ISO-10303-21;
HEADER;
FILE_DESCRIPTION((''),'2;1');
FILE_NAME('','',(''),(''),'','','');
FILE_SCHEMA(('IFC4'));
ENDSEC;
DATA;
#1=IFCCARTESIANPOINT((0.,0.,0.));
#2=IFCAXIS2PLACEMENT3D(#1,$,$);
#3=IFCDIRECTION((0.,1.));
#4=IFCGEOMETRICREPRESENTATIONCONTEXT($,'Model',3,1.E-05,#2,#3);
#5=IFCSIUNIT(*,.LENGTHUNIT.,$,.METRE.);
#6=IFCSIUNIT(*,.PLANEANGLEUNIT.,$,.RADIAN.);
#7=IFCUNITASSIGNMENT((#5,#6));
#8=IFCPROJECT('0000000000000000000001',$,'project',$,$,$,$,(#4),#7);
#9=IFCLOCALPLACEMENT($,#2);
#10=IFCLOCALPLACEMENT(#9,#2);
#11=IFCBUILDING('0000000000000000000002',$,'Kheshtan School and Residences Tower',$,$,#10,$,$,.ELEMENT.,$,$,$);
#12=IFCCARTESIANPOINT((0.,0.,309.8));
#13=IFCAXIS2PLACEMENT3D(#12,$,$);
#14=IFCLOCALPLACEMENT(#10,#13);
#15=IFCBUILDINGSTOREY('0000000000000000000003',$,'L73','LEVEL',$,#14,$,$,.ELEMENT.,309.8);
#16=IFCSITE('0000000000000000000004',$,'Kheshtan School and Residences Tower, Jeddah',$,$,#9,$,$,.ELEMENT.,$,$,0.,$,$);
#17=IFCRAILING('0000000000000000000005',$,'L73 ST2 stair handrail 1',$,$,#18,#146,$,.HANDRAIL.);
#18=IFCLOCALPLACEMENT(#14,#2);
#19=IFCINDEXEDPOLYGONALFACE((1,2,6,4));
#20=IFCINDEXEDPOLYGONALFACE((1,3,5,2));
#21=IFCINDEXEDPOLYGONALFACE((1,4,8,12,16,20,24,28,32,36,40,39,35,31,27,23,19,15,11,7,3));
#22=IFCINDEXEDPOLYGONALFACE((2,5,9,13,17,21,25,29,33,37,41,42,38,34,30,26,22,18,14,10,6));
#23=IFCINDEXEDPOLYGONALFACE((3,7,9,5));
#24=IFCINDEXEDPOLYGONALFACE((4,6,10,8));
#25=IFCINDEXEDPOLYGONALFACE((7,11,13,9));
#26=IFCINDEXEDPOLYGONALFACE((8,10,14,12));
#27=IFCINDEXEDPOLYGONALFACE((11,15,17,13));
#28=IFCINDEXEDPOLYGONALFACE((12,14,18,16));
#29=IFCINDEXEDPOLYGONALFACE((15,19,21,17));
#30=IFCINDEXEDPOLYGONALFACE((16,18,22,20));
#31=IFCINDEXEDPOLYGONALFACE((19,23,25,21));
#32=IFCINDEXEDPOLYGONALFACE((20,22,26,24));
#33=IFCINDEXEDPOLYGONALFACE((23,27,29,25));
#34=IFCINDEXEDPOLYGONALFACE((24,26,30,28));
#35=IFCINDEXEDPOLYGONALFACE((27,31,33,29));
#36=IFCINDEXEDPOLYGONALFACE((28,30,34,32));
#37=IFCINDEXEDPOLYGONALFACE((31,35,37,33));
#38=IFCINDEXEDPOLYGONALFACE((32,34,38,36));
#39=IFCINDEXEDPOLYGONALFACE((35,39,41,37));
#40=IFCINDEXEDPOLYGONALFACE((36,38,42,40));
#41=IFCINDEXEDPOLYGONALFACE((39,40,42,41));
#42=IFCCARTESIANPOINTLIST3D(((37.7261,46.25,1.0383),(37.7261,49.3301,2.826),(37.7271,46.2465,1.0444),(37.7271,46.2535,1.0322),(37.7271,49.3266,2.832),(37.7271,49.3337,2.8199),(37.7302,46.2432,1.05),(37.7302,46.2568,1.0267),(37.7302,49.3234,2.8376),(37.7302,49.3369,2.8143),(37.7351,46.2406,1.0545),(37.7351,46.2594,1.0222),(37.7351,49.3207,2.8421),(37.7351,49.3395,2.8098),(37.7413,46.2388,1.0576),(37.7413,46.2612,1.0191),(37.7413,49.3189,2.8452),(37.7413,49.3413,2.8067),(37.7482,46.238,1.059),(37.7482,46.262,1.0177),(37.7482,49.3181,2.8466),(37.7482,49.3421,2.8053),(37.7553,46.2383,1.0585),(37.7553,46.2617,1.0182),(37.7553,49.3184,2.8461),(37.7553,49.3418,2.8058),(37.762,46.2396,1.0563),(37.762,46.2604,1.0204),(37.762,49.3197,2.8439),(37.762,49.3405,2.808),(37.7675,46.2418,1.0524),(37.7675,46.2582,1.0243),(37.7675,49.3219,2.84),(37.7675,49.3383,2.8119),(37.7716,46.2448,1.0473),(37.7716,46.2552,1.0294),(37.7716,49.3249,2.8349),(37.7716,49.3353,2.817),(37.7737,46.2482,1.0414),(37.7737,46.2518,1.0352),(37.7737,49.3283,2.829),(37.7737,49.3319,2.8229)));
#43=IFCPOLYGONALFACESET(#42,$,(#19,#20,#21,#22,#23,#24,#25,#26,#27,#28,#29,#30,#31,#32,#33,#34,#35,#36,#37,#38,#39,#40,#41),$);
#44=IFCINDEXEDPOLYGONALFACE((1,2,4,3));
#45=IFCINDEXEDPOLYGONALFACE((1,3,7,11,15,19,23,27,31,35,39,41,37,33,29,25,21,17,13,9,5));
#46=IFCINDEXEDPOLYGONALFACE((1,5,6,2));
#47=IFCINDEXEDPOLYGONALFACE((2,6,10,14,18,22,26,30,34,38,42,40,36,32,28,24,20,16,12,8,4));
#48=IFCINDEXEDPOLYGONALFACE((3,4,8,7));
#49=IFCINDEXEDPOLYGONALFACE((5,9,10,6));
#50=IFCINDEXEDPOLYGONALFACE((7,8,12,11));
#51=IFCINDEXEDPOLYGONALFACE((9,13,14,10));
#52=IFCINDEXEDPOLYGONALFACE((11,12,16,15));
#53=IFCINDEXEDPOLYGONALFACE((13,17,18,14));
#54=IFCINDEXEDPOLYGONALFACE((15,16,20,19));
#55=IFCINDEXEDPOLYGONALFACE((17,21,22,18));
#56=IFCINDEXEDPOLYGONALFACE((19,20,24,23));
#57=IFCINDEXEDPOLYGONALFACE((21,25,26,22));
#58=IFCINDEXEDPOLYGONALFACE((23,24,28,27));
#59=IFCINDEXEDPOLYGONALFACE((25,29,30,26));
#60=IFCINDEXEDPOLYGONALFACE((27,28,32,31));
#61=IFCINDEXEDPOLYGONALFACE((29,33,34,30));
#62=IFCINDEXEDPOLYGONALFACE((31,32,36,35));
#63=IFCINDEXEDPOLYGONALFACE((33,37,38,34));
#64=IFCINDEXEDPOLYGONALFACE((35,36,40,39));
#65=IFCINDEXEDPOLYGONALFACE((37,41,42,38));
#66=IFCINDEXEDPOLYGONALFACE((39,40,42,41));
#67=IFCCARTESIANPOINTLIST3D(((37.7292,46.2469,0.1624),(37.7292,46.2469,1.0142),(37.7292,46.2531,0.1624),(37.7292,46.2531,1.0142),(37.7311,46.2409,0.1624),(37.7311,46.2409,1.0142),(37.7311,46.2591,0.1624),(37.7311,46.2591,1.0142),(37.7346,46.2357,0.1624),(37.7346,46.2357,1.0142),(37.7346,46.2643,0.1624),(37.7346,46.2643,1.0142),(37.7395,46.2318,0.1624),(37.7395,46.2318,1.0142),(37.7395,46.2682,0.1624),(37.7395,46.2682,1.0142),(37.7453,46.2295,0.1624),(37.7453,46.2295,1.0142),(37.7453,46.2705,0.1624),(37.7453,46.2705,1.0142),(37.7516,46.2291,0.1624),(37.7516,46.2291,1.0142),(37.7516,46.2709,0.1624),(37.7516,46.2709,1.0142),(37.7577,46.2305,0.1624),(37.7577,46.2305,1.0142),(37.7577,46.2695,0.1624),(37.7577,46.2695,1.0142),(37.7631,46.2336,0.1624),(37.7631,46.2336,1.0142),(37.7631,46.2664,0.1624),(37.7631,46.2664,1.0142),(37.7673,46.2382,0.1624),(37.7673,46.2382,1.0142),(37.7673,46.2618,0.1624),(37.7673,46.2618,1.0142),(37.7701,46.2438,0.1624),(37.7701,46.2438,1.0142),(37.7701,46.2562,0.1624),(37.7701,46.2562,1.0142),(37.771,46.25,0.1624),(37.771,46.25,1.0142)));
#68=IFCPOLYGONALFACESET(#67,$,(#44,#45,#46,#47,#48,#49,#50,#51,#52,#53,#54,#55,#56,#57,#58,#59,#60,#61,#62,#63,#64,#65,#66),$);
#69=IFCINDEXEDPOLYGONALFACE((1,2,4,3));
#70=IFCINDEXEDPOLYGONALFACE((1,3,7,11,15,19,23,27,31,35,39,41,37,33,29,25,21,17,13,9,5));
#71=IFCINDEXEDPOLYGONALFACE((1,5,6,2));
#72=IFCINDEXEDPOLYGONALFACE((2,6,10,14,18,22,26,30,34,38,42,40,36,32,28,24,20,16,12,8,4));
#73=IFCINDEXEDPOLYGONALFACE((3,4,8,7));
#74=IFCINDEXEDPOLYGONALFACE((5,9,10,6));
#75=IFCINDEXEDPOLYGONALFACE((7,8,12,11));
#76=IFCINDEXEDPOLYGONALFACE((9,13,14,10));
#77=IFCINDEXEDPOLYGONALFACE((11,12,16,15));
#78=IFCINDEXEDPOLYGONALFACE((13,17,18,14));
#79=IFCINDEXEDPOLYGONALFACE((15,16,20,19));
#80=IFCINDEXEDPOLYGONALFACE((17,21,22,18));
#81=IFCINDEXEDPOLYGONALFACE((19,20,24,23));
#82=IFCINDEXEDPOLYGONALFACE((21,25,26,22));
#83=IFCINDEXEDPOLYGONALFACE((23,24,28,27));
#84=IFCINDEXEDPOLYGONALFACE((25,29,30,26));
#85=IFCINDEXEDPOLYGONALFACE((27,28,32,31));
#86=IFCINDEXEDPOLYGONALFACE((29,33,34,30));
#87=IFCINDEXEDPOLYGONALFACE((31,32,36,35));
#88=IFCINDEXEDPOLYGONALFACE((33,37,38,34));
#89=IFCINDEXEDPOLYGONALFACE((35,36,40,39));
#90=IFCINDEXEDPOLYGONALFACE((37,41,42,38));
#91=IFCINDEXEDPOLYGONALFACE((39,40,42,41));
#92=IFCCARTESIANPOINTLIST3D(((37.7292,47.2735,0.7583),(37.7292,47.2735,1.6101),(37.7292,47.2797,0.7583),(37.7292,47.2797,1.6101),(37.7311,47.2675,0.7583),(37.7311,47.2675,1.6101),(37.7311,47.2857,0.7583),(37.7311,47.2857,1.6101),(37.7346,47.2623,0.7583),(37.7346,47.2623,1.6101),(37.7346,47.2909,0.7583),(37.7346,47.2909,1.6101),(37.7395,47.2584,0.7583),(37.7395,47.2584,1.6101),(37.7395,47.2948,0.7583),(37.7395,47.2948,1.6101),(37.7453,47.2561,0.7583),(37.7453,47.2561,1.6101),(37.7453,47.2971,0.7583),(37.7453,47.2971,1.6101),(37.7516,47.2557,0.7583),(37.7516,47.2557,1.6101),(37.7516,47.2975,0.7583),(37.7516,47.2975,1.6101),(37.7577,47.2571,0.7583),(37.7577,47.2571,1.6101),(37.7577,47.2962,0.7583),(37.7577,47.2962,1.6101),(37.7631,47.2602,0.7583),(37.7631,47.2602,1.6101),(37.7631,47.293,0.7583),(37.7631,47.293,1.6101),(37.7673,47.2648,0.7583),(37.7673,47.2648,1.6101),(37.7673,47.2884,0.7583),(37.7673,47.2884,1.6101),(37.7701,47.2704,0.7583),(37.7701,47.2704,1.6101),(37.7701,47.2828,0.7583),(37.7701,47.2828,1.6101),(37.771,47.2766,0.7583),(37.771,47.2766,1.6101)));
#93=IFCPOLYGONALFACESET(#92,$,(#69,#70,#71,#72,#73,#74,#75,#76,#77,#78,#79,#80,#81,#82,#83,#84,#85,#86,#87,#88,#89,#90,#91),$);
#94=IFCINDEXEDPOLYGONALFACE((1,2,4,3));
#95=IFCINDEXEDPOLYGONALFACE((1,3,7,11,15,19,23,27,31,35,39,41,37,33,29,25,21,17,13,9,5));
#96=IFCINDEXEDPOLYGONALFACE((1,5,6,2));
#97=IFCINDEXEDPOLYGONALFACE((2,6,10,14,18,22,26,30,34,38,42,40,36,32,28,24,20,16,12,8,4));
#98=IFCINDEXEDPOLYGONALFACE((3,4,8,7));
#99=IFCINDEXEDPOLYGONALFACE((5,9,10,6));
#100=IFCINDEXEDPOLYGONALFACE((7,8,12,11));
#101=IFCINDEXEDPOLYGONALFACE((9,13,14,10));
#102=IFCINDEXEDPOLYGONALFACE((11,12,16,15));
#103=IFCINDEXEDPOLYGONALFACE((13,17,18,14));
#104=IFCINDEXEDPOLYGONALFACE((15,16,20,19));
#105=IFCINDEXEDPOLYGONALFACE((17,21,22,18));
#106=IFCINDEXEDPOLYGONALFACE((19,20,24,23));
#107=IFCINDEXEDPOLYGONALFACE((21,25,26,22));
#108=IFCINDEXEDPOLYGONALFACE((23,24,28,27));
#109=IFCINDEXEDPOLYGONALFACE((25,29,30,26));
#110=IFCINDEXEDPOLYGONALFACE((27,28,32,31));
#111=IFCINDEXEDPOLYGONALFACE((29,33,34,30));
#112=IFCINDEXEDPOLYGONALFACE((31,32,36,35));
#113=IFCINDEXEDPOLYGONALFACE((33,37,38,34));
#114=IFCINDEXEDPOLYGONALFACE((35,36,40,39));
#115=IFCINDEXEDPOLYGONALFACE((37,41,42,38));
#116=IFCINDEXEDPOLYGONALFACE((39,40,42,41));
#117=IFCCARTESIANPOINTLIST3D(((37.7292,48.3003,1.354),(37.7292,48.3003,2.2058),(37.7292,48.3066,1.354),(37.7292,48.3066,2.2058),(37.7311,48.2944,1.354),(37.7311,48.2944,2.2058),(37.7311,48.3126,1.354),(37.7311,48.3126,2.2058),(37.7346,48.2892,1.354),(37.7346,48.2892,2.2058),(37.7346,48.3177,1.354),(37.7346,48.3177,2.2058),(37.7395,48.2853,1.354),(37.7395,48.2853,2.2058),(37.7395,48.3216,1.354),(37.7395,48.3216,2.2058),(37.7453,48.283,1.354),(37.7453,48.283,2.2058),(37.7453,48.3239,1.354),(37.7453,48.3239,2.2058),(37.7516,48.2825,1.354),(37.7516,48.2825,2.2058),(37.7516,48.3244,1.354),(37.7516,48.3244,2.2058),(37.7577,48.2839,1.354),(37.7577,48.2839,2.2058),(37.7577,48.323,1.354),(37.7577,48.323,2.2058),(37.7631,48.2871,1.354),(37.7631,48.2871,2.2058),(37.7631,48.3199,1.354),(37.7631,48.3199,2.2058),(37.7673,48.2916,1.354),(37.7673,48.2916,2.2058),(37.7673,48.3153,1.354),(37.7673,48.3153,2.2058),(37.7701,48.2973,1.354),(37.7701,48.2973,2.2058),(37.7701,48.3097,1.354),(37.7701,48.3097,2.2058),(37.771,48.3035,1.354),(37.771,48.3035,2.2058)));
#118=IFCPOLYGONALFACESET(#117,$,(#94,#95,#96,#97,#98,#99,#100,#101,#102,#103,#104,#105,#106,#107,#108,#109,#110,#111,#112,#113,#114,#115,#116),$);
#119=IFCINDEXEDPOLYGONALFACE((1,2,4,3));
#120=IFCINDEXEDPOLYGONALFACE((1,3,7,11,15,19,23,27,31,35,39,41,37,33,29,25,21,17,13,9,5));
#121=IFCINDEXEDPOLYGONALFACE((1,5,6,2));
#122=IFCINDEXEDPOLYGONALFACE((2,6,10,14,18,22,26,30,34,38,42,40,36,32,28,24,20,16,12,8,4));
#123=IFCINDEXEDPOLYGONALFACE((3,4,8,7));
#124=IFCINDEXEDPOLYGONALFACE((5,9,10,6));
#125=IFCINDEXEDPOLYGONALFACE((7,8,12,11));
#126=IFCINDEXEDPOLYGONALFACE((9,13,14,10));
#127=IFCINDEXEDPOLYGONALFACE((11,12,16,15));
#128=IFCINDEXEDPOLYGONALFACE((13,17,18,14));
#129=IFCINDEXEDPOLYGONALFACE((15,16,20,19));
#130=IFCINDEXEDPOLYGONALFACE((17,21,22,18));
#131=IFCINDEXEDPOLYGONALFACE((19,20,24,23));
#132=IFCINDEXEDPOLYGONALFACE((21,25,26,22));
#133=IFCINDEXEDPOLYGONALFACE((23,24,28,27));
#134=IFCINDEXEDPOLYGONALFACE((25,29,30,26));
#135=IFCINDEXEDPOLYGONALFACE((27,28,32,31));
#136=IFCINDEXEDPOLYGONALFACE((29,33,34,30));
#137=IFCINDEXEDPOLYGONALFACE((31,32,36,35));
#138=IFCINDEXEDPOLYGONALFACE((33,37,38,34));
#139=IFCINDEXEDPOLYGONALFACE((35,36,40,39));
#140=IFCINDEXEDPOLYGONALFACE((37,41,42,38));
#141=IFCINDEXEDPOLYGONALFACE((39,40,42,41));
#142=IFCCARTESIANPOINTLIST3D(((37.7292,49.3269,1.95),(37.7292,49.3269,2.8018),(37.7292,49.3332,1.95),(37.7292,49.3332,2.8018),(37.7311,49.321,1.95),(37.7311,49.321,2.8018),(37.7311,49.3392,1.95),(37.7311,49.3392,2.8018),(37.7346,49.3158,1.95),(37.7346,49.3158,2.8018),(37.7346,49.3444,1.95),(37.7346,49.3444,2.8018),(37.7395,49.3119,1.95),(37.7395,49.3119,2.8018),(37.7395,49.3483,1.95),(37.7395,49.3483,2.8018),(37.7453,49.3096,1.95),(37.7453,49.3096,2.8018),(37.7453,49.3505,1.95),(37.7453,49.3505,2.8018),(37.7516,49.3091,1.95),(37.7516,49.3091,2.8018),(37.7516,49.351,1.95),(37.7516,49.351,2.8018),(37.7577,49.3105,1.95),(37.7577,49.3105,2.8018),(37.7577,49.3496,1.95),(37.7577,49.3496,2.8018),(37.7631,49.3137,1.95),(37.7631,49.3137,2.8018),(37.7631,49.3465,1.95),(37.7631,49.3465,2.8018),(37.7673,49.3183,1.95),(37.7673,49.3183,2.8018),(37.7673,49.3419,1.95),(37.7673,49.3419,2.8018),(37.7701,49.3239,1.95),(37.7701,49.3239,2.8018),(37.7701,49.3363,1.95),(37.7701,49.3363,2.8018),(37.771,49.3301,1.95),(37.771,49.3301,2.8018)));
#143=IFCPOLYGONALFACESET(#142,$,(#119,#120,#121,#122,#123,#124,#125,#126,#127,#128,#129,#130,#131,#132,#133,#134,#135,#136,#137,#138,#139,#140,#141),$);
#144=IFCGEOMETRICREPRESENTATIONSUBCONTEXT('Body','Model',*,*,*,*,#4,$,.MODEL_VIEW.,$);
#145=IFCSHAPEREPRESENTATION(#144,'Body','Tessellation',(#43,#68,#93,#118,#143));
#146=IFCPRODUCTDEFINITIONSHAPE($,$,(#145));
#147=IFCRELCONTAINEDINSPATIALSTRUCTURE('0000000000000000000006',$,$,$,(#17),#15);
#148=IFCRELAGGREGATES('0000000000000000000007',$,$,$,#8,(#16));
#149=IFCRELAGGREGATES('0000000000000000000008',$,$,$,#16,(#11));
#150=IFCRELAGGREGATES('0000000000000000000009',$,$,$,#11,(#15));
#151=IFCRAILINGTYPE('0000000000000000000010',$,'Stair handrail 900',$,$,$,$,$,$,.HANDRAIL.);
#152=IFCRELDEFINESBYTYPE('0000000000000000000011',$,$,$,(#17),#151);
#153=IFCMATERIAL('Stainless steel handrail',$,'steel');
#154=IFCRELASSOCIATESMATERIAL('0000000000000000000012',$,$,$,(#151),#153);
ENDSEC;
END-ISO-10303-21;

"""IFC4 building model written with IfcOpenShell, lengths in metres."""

from ifc_helpers import new_model, si_unit, direction, frame, origin, origin_2d, place, context, subcontext, project, spatial, circle, extrude, material, type_object, element, save


model = new_model("IFC4")

# Units and contexts
model_context = context("Model", 3, precision=1e-05, world=origin(), true_north=direction((0.0, 1.0)))
body_context = subcontext(model_context, "Body", "Model", "MODEL_VIEW")
ifc_project = project(units=[si_unit("LENGTHUNIT", "METRE"), si_unit("PLANEANGLEUNIT", "RADIAN")], contexts=[model_context])

# Site, building, storey
site_placement = place(None, origin())
site = spatial("IfcSite", under=ifc_project, at=site_placement, Name="Kheshtan School and Residences Tower, Jeddah", CompositionType="ELEMENT", RefElevation=0.0)
building_placement = place(site_placement, origin())
building = spatial("IfcBuilding", under=site, at=building_placement, Name="Kheshtan School and Residences Tower", CompositionType="ELEMENT")
storey_placement = place(building_placement, frame((0.0, 0.0, 309.8)))
storey = spatial("IfcBuildingStorey", under=building, at=storey_placement, Name="L73", Description="LEVEL", CompositionType="ELEMENT", Elevation=309.8)

# Railing
ifc_material_1 = material(Name="Stainless steel handrail", Category="steel")
railing_type_1 = type_object("IfcRailingType", Name="Stair handrail 900", PredefinedType="HANDRAIL", material=ifc_material_1)
railing_1_placement = place(storey_placement, frame((37.75, 46.25, 0.1624)))
element("IfcRailing", 1, at=railing_1_placement, inside=storey, type_object=railing_type_1, Name="L73 ST2 stair handrail 1", PredefinedType="HANDRAIL", context=body_context, shape_type="SweptSolid", body=[
    extrude(circle(Radius=0.0239, at=origin_2d()), frame((0.0, 0.0, 0.876), z_axis=(0.0, 0.864891, 0.50196), x_axis=(-1.0, 0.0, 0.0)), (0.0, 0.0, 1.0), 3.5613),
    extrude(circle(Radius=0.021, at=origin_2d()), origin(), (0.0, 0.0, 1.0), 0.8518),
    extrude(circle(Radius=0.021, at=origin_2d()), frame((0.0, 1.0266, 0.5959)), (0.0, 0.0, 1.0), 0.8518),
    extrude(circle(Radius=0.021, at=origin_2d()), frame((0.0, 2.0535, 1.1917)), (0.0, 0.0, 1.0), 0.8518),
    extrude(circle(Radius=0.021, at=origin_2d()), frame((0.0, 3.0801, 1.7876)), (0.0, 0.0, 1.0), 0.8518),
])

save(model, "model.ifc")
